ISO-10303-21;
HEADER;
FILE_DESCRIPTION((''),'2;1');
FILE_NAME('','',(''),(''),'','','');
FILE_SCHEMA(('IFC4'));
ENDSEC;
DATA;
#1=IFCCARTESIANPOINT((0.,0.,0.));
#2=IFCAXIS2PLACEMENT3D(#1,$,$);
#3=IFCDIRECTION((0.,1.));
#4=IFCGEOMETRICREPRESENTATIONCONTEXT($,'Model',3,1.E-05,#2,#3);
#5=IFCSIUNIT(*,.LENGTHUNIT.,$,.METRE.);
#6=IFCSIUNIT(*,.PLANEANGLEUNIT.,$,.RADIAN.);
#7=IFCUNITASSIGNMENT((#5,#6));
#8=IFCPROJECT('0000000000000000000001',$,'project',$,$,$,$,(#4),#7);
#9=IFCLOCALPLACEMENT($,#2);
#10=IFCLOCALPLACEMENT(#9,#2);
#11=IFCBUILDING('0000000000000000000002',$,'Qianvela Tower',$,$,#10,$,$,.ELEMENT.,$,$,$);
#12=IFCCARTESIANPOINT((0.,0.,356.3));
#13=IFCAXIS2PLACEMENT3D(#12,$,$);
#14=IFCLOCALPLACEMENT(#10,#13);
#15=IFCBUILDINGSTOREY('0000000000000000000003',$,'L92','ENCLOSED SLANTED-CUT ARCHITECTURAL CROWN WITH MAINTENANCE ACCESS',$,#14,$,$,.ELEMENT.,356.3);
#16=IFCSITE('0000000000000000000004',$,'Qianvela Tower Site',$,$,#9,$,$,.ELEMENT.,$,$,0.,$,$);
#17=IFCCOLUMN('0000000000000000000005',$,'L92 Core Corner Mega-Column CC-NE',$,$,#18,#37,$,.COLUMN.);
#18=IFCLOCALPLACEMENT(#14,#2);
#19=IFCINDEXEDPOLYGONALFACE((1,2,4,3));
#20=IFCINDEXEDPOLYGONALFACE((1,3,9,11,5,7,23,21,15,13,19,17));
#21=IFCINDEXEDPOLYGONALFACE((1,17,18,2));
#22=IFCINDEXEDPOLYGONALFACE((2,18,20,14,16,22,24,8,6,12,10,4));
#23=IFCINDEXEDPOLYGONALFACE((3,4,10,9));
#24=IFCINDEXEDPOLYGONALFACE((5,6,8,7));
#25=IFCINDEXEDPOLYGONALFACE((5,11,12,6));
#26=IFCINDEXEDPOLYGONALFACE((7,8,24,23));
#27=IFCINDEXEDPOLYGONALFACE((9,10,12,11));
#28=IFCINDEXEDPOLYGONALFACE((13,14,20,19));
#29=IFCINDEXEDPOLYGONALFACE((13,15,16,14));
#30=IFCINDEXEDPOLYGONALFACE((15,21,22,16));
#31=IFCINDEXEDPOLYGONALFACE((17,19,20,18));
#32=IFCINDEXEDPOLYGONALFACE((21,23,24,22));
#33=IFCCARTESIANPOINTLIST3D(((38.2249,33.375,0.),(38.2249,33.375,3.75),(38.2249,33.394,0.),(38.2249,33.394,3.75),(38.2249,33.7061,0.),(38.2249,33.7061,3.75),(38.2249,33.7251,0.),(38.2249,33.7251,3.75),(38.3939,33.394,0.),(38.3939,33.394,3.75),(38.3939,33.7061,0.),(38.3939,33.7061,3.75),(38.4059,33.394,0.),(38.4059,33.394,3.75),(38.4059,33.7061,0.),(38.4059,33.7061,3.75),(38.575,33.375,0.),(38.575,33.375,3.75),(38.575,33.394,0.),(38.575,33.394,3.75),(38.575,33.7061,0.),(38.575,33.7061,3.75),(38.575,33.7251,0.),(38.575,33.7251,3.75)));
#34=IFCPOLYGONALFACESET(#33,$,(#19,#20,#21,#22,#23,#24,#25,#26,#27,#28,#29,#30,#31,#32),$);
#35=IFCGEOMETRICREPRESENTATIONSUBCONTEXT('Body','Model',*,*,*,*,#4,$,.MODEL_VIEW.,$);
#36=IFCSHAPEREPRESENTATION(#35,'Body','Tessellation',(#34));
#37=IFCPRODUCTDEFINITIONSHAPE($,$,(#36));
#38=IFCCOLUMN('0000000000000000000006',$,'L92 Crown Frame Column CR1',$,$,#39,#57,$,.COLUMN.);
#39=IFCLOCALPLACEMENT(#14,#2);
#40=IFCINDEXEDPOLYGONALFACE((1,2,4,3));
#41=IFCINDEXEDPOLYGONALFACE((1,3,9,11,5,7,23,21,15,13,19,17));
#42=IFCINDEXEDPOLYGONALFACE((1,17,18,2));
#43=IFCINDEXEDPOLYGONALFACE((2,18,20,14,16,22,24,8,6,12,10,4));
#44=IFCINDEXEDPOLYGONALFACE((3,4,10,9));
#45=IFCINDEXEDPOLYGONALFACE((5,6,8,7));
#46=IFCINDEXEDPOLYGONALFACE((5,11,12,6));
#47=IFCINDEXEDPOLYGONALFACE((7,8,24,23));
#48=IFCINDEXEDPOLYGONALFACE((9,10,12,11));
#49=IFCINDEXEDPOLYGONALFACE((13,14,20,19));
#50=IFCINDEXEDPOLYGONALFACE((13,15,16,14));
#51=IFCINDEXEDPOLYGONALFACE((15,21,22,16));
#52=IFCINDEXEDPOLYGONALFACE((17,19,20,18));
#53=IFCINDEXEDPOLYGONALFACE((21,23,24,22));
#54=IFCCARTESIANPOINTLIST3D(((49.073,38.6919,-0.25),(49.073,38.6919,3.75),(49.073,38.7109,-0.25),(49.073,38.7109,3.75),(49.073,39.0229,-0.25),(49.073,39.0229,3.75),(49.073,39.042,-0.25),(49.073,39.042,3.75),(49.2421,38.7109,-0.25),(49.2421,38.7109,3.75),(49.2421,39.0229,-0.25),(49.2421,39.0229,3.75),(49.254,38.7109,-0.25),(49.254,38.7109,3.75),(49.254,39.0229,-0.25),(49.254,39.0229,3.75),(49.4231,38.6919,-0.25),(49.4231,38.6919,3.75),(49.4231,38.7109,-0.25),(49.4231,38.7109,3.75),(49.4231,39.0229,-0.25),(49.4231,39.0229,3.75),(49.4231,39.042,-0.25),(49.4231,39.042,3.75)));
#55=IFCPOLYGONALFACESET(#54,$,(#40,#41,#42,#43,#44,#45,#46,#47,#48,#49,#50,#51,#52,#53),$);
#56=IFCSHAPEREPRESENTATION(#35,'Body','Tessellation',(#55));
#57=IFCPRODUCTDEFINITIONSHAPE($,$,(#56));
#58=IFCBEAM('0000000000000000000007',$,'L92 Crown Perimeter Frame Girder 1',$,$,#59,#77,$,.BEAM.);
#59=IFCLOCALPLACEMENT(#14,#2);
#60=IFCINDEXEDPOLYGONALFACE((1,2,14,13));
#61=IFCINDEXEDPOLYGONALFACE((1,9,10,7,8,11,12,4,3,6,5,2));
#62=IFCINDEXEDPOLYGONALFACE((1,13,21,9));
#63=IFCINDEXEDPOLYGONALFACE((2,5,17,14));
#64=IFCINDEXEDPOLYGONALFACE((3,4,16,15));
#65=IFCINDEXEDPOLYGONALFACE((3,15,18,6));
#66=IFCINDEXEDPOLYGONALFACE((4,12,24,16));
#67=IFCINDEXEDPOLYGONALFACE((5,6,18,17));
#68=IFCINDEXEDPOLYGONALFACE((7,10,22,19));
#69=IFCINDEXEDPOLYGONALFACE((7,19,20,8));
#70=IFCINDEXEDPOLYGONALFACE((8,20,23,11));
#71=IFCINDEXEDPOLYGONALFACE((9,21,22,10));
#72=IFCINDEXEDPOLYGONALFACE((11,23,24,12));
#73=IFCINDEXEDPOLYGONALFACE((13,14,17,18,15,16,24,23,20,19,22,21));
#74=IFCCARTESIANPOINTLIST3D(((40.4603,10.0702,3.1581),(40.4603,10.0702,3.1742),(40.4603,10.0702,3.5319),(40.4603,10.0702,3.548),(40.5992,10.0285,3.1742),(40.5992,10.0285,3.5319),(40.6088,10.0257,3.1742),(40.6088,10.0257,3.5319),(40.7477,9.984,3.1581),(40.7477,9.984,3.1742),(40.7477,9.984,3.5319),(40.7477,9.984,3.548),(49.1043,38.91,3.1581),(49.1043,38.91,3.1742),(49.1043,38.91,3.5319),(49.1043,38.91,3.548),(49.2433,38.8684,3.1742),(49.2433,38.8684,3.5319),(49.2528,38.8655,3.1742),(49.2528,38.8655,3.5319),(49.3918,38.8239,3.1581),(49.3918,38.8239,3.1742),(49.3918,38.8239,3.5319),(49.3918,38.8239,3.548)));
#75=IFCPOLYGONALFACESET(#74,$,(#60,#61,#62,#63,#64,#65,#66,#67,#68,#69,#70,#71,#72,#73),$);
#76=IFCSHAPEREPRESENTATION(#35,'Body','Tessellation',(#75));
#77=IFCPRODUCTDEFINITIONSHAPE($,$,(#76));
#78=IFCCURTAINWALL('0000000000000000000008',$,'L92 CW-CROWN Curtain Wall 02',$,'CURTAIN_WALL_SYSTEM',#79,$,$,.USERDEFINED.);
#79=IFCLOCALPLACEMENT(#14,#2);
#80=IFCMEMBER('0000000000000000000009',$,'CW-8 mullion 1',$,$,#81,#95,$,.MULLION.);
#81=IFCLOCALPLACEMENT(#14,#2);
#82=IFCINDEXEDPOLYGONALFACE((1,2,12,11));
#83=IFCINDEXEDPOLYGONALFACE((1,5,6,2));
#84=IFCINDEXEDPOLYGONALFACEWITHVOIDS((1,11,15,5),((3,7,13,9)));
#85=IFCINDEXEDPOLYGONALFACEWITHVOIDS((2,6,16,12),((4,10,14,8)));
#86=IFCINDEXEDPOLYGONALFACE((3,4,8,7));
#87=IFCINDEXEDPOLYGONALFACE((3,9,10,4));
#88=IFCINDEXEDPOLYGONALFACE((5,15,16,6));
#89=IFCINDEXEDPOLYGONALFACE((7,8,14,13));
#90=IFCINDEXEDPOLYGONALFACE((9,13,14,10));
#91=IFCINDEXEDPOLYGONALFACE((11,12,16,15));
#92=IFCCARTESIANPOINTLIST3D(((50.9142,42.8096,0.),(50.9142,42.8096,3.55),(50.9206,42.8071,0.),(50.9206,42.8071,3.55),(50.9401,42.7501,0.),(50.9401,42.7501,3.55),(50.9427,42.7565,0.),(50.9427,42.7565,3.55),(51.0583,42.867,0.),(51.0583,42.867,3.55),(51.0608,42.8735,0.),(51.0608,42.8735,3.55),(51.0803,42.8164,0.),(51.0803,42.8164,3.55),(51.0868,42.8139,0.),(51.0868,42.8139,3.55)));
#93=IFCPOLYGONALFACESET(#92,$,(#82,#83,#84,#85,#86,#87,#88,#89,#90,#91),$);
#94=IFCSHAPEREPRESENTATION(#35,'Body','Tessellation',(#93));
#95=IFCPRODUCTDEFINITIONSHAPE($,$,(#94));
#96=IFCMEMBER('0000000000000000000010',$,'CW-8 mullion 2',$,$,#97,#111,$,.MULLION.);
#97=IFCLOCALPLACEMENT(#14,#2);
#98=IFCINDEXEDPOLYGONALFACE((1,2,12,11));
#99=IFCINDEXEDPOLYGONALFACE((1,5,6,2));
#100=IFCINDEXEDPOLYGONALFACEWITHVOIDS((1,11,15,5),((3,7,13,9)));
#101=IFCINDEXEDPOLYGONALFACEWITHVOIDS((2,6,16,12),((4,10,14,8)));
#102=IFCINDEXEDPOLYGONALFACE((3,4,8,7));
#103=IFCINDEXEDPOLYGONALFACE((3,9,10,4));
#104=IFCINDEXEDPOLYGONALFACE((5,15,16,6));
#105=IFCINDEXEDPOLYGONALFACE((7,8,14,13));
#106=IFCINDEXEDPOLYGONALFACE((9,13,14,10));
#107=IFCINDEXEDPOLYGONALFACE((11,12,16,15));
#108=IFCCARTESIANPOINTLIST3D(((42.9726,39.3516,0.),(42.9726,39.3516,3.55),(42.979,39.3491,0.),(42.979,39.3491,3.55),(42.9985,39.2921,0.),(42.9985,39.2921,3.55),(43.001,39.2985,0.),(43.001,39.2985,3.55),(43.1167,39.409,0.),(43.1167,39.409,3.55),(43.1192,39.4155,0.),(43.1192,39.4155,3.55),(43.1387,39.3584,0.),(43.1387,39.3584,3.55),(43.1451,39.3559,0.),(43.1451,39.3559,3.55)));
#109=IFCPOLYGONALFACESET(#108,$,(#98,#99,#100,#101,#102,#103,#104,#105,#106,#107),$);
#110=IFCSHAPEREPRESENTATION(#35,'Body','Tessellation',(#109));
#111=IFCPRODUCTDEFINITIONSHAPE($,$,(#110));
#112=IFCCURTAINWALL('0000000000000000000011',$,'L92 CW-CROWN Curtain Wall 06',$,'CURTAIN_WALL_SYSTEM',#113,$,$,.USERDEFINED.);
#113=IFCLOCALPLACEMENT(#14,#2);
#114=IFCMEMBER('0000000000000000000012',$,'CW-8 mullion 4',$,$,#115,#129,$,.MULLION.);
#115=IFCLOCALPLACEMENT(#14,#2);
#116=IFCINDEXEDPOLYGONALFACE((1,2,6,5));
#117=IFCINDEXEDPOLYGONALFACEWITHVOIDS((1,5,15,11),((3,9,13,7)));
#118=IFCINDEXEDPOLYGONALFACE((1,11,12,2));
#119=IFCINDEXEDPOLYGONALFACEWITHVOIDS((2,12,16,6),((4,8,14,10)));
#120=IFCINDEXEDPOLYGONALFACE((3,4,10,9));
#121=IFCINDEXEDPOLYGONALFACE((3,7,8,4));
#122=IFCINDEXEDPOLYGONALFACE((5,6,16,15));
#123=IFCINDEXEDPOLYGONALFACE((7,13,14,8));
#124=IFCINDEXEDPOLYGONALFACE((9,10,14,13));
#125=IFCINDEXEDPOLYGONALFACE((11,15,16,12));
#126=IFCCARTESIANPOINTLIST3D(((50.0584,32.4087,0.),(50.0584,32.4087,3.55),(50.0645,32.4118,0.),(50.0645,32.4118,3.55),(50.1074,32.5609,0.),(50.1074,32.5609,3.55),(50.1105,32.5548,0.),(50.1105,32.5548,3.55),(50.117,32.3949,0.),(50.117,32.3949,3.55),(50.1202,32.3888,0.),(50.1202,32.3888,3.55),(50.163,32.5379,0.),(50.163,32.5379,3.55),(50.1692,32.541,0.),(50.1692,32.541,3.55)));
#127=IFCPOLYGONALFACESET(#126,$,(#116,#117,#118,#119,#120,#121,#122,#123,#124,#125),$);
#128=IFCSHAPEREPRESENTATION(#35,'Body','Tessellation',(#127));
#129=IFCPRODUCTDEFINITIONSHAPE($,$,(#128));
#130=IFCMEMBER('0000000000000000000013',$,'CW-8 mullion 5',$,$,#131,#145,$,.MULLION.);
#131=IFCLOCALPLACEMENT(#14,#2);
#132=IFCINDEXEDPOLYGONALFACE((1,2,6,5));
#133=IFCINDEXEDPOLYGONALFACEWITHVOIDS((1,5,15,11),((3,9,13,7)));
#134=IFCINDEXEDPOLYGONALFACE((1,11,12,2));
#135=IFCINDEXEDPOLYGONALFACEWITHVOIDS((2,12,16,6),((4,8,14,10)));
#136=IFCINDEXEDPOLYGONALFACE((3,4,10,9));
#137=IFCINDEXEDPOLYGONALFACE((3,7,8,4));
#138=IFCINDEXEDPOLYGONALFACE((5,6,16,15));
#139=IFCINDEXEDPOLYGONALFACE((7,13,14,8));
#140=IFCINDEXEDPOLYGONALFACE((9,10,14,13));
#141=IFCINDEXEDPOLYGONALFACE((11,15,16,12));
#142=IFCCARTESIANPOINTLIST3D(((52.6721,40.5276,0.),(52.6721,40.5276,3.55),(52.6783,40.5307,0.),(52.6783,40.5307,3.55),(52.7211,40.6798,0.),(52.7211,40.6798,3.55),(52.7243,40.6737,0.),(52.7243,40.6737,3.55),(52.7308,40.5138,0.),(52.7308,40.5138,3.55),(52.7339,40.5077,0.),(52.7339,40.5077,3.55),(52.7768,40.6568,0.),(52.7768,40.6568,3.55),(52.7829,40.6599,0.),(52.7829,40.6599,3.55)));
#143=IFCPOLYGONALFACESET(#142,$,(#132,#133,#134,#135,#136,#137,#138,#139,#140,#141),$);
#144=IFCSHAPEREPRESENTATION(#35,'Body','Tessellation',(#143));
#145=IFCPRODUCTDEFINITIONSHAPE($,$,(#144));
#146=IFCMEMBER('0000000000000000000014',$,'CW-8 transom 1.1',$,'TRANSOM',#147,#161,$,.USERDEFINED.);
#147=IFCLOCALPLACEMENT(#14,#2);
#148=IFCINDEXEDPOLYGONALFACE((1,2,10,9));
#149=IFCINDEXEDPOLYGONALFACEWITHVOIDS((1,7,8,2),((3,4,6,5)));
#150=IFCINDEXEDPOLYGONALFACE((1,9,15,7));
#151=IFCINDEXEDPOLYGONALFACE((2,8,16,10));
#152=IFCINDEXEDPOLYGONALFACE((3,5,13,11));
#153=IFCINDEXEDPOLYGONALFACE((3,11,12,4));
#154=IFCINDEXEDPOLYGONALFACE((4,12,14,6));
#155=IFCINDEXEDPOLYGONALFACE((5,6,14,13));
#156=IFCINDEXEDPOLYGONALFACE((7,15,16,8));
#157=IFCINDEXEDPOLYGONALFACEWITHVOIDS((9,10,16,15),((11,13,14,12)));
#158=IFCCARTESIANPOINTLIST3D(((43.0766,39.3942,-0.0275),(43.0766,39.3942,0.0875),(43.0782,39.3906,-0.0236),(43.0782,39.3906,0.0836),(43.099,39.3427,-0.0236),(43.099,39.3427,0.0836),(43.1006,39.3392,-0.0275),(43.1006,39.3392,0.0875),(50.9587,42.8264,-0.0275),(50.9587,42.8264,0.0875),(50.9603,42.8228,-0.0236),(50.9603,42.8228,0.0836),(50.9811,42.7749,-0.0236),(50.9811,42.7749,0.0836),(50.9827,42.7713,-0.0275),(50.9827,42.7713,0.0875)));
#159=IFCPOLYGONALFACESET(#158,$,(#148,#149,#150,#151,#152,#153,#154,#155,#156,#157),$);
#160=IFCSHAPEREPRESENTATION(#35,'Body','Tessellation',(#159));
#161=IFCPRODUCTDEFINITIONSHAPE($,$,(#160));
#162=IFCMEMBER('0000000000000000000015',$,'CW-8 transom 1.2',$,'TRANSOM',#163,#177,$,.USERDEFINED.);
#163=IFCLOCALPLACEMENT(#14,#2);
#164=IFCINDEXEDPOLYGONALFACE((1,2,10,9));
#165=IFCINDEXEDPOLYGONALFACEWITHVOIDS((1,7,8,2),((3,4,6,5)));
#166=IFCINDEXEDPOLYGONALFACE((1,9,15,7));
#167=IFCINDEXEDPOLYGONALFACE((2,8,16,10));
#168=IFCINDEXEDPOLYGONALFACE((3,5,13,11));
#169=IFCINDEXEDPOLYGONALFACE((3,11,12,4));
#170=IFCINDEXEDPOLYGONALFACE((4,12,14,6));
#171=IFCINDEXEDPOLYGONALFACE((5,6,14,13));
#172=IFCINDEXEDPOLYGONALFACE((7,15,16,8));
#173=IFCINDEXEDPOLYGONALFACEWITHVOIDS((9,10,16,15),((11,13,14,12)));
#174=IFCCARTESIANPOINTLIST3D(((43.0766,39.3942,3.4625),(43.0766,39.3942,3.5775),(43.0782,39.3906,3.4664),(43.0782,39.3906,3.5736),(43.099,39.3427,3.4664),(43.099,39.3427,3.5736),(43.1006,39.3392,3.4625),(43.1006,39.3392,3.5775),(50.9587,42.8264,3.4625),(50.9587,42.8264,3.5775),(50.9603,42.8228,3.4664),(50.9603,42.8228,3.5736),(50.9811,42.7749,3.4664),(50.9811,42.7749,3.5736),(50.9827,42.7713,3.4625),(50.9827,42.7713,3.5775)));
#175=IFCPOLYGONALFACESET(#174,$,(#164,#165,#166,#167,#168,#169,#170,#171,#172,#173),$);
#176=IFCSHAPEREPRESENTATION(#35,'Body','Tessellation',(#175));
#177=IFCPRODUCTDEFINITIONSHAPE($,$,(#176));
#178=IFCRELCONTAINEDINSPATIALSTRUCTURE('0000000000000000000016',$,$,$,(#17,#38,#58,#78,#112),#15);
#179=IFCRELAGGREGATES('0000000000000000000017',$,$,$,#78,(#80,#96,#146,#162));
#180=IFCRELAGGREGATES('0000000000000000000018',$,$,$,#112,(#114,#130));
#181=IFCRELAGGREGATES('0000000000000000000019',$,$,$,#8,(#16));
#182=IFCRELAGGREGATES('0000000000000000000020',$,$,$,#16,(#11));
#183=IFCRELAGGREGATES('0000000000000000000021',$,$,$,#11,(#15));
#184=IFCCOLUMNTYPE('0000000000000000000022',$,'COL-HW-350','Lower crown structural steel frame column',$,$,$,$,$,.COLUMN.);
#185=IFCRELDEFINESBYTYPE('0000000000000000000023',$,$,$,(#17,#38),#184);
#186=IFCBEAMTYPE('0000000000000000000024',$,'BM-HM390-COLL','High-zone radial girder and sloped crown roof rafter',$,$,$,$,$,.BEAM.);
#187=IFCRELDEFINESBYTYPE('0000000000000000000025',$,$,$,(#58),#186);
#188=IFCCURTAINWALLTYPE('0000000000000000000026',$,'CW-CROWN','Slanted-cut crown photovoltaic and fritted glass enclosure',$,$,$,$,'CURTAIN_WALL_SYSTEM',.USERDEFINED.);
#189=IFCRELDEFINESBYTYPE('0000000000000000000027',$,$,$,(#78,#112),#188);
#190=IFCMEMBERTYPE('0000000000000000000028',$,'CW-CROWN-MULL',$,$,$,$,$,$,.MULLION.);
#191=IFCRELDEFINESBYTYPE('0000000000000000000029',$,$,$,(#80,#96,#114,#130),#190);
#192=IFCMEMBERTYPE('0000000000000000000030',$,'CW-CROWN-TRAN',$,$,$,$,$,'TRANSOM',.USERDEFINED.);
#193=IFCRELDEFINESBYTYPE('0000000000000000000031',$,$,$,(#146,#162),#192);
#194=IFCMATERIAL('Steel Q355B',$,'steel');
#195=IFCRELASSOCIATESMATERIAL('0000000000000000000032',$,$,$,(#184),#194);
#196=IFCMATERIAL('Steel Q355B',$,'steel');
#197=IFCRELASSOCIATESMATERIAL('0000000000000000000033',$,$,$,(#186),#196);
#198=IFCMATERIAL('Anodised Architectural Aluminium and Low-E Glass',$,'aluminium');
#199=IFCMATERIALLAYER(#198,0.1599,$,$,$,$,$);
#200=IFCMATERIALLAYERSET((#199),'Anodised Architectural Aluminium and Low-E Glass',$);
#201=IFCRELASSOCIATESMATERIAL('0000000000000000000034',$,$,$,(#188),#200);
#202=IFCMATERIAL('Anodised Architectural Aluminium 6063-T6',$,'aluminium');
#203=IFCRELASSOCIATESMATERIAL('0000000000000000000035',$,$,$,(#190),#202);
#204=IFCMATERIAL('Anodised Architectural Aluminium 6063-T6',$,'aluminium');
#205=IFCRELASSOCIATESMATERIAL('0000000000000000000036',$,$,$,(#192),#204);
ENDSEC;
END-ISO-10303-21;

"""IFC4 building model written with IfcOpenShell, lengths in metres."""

from ifc_helpers import new_model, si_unit, direction, frame, origin, origin_2d, place, context, subcontext, project, spatial, hollow_rectangle, i_section, extrude, material, layer, layer_set, material_profile, profile_set, type_object, element, aggregate, save


model = new_model("IFC4")

# Units and contexts
model_context = context("Model", 3, precision=1e-05, world=origin(), true_north=direction((0.0, 1.0)))
body_context = subcontext(model_context, "Body", "Model", "MODEL_VIEW")
ifc_project = project(units=[si_unit("LENGTHUNIT", "METRE"), si_unit("PLANEANGLEUNIT", "RADIAN")], contexts=[model_context])

# Site, building, storey
site_placement = place(None, origin())
site = spatial("IfcSite", under=ifc_project, at=site_placement, Name="Qianvela Tower Site", CompositionType="ELEMENT", RefElevation=0.0)
building_placement = place(site_placement, origin())
building = spatial("IfcBuilding", under=site, at=building_placement, Name="Qianvela Tower", CompositionType="ELEMENT")
storey_placement = place(building_placement, frame((0.0, 0.0, 356.3)))
storey = spatial("IfcBuildingStorey", under=building, at=storey_placement, Name="L92", Description="ENCLOSED SLANTED-CUT ARCHITECTURAL CROWN WITH MAINTENANCE ACCESS", CompositionType="ELEMENT", Elevation=356.3)

# Columns
ifc_material_1 = material(Name="Steel Q355B", Category="steel")
ifc_material_profile_1 = material_profile(ifc_material_1, i_section(OverallWidth=0.3501, OverallDepth=0.3501, WebThickness=0.012, FlangeThickness=0.019, at=origin_2d()), Name="HW350x350x12x19")
ifc_profile_set_1 = profile_set([ifc_material_profile_1], Name="Steel Q355B")
column_type = type_object("IfcColumnType", Name="COL-HW-350", Description="Lower crown structural steel frame column", PredefinedType="COLUMN", material=ifc_profile_set_1)
column_1_placement = place(storey_placement, frame((38.3999, 33.55, 0.0), z_axis=(0.0, 0.0, 1.0), x_axis=(1.0, 0.0, 0.0)))
element("IfcColumn", 1, at=column_1_placement, inside=storey, type_object=column_type, Name="L92 Core Corner Mega-Column CC-NE", PredefinedType="COLUMN", context=body_context, shape_type="SweptSolid", body=[
    extrude(i_section(OverallWidth=0.3501, OverallDepth=0.3501, WebThickness=0.012, FlangeThickness=0.019, at=origin_2d()), origin(), (0.0, 0.0, 1.0), 3.75),
])
column_2_placement = place(storey_placement, frame((49.248, 38.8669, -0.25), z_axis=(0.0, 0.0, 1.0), x_axis=(1.0, 0.0, 0.0)))
element("IfcColumn", 2, at=column_2_placement, inside=storey, type_object=column_type, Name="L92 Crown Frame Column CR1", PredefinedType="COLUMN", context=body_context, shape_type="SweptSolid", body=[
    extrude(i_section(OverallWidth=0.3501, OverallDepth=0.3501, WebThickness=0.012, FlangeThickness=0.019, at=origin_2d()), origin(), (0.0, 0.0, 1.0), 4.0),
])

# Beam
ifc_material_2 = material(Name="Steel Q355B", Category="steel")
ifc_material_profile_2 = material_profile(ifc_material_2, i_section(OverallWidth=0.3, OverallDepth=0.3899, WebThickness=0.01, FlangeThickness=0.0161, at=origin_2d()), Name="HM390x300x10x16")
ifc_profile_set_2 = profile_set([ifc_material_profile_2], Name="Steel Q355B")
beam_type = type_object("IfcBeamType", Name="BM-HM390-COLL", Description="High-zone radial girder and sloped crown roof rafter", PredefinedType="BEAM", material=ifc_profile_set_2)
beam_placement = place(storey_placement, frame((49.248, 38.8669, 3.353), z_axis=(-0.287107, -0.957899, 0.0), x_axis=(0.957899, -0.287107, 0.0)))
element("IfcBeam", 3, at=beam_placement, inside=storey, type_object=beam_type, Name="L92 Crown Perimeter Frame Girder 1", PredefinedType="BEAM", context=body_context, shape_type="SweptSolid", body=[
    extrude(i_section(OverallWidth=0.3, OverallDepth=0.3899, WebThickness=0.01, FlangeThickness=0.0161, at=origin_2d()), origin(), (0.0, 0.0, 1.0), 30.1074),
])

# Curtain walls, members
ifc_material_3 = material(Name="Anodised Architectural Aluminium and Low-E Glass", Category="aluminium")
ifc_layer_1 = layer(ifc_material_3, 0.1599)
ifc_layer_set_1 = layer_set([ifc_layer_1], Name="Anodised Architectural Aluminium and Low-E Glass")
curtain_wall_type = type_object("IfcCurtainWallType", Name="CW-CROWN", Description="Slanted-cut crown photovoltaic and fritted glass enclosure", ElementType="CURTAIN_WALL_SYSTEM", PredefinedType="USERDEFINED", material=ifc_layer_set_1)
curtain_wall_1_placement = place(storey_placement, origin())
curtain_wall_1 = element("IfcCurtainWall", 4, at=curtain_wall_1_placement, inside=storey, type_object=curtain_wall_type, Name="L92 CW-CROWN Curtain Wall 02", ObjectType="CURTAIN_WALL_SYSTEM", PredefinedType="USERDEFINED")
ifc_material_4 = material(Name="Anodised Architectural Aluminium 6063-T6", Category="aluminium")
ifc_material_profile_3 = material_profile(ifc_material_4, hollow_rectangle(XDim=0.0649, YDim=0.1599, WallThickness=0.0049, at=origin_2d()), Name="ALU-MULL-65x160")
ifc_profile_set_3 = profile_set([ifc_material_profile_3], Name="Anodised Architectural Aluminium 6063-T6")
member_type_1 = type_object("IfcMemberType", Name="CW-CROWN-MULL", PredefinedType="MULLION", material=ifc_profile_set_3)
member_1_placement = place(storey_placement, frame((51.0005, 42.8118, 0.0), z_axis=(0.0, 0.0, 1.0), x_axis=(0.399215, -0.916857, 0.0)))
member_1 = element("IfcMember", 5, at=member_1_placement, type_object=member_type_1, Name="CW-8 mullion 1", PredefinedType="MULLION", context=body_context, shape_type="SweptSolid", body=[
    extrude(hollow_rectangle(XDim=0.0649, YDim=0.1599, WallThickness=0.0049, at=origin_2d()), origin(), (0.0, 0.0, 1.0), 3.55),
])
member_2_placement = place(storey_placement, frame((43.0588, 39.3538, 0.0), z_axis=(0.0, 0.0, 1.0), x_axis=(0.399215, -0.916857, 0.0)))
member_2 = element("IfcMember", 6, at=member_2_placement, type_object=member_type_1, Name="CW-8 mullion 2", PredefinedType="MULLION", context=body_context, shape_type="SweptSolid", body=[
    extrude(hollow_rectangle(XDim=0.0649, YDim=0.1599, WallThickness=0.0049, at=origin_2d()), origin(), (0.0, 0.0, 1.0), 3.55),
])
curtain_wall_2_placement = place(storey_placement, origin())
curtain_wall_2 = element("IfcCurtainWall", 7, at=curtain_wall_2_placement, inside=storey, type_object=curtain_wall_type, Name="L92 CW-CROWN Curtain Wall 06", ObjectType="CURTAIN_WALL_SYSTEM", PredefinedType="USERDEFINED")
member_3_placement = place(storey_placement, frame((50.1138, 32.4749, 0.0), z_axis=(0.0, 0.0, 1.0), x_axis=(-0.951894, 0.306426, 0.0)))
member_3 = element("IfcMember", 8, at=member_3_placement, type_object=member_type_1, Name="CW-8 mullion 4", PredefinedType="MULLION", context=body_context, shape_type="SweptSolid", body=[
    extrude(hollow_rectangle(XDim=0.0649, YDim=0.1599, WallThickness=0.0049, at=origin_2d()), origin(), (0.0, 0.0, 1.0), 3.55),
])
member_4_placement = place(storey_placement, frame((52.7275, 40.5938, 0.0), z_axis=(0.0, 0.0, 1.0), x_axis=(-0.951894, 0.306426, 0.0)))
member_4 = element("IfcMember", 9, at=member_4_placement, type_object=member_type_1, Name="CW-8 mullion 5", PredefinedType="MULLION", context=body_context, shape_type="SweptSolid", body=[
    extrude(hollow_rectangle(XDim=0.0649, YDim=0.1599, WallThickness=0.0049, at=origin_2d()), origin(), (0.0, 0.0, 1.0), 3.55),
])

# Members
ifc_material_5 = material(Name="Anodised Architectural Aluminium 6063-T6", Category="aluminium")
ifc_material_profile_4 = material_profile(ifc_material_5, hollow_rectangle(XDim=0.0601, YDim=0.115, WallThickness=0.0039, at=origin_2d()), Name="ALU-TRAN-60x115")
ifc_profile_set_4 = profile_set([ifc_material_profile_4], Name="Anodised Architectural Aluminium 6063-T6")
member_type_2 = type_object("IfcMemberType", Name="CW-CROWN-TRAN", ElementType="TRANSOM", PredefinedType="USERDEFINED", material=ifc_profile_set_4)
member_5_placement = place(storey_placement, frame((50.9707, 42.7988, 0.03), z_axis=(-0.916851, -0.399229, 0.0), x_axis=(0.399229, -0.916851, 0.0)))
member_5 = element("IfcMember", 10, at=member_5_placement, type_object=member_type_2, Name="CW-8 transom 1.1", ObjectType="TRANSOM", PredefinedType="USERDEFINED", context=body_context, shape_type="SweptSolid", body=[
    extrude(hollow_rectangle(XDim=0.0601, YDim=0.115, WallThickness=0.0039, at=origin_2d()), origin(), (0.0, 0.0, 1.0), 8.5969),
])
member_6_placement = place(storey_placement, frame((50.9707, 42.7988, 3.52), z_axis=(-0.916851, -0.399229, 0.0), x_axis=(0.399229, -0.916851, 0.0)))
member_6 = element("IfcMember", 11, at=member_6_placement, type_object=member_type_2, Name="CW-8 transom 1.2", ObjectType="TRANSOM", PredefinedType="USERDEFINED", context=body_context, shape_type="SweptSolid", body=[
    extrude(hollow_rectangle(XDim=0.0601, YDim=0.115, WallThickness=0.0039, at=origin_2d()), origin(), (0.0, 0.0, 1.0), 8.5969),
])

aggregate(curtain_wall_1, [member_1, member_2, member_5, member_6])
aggregate(curtain_wall_2, [member_3, member_4])

save(model, "model.ifc")
